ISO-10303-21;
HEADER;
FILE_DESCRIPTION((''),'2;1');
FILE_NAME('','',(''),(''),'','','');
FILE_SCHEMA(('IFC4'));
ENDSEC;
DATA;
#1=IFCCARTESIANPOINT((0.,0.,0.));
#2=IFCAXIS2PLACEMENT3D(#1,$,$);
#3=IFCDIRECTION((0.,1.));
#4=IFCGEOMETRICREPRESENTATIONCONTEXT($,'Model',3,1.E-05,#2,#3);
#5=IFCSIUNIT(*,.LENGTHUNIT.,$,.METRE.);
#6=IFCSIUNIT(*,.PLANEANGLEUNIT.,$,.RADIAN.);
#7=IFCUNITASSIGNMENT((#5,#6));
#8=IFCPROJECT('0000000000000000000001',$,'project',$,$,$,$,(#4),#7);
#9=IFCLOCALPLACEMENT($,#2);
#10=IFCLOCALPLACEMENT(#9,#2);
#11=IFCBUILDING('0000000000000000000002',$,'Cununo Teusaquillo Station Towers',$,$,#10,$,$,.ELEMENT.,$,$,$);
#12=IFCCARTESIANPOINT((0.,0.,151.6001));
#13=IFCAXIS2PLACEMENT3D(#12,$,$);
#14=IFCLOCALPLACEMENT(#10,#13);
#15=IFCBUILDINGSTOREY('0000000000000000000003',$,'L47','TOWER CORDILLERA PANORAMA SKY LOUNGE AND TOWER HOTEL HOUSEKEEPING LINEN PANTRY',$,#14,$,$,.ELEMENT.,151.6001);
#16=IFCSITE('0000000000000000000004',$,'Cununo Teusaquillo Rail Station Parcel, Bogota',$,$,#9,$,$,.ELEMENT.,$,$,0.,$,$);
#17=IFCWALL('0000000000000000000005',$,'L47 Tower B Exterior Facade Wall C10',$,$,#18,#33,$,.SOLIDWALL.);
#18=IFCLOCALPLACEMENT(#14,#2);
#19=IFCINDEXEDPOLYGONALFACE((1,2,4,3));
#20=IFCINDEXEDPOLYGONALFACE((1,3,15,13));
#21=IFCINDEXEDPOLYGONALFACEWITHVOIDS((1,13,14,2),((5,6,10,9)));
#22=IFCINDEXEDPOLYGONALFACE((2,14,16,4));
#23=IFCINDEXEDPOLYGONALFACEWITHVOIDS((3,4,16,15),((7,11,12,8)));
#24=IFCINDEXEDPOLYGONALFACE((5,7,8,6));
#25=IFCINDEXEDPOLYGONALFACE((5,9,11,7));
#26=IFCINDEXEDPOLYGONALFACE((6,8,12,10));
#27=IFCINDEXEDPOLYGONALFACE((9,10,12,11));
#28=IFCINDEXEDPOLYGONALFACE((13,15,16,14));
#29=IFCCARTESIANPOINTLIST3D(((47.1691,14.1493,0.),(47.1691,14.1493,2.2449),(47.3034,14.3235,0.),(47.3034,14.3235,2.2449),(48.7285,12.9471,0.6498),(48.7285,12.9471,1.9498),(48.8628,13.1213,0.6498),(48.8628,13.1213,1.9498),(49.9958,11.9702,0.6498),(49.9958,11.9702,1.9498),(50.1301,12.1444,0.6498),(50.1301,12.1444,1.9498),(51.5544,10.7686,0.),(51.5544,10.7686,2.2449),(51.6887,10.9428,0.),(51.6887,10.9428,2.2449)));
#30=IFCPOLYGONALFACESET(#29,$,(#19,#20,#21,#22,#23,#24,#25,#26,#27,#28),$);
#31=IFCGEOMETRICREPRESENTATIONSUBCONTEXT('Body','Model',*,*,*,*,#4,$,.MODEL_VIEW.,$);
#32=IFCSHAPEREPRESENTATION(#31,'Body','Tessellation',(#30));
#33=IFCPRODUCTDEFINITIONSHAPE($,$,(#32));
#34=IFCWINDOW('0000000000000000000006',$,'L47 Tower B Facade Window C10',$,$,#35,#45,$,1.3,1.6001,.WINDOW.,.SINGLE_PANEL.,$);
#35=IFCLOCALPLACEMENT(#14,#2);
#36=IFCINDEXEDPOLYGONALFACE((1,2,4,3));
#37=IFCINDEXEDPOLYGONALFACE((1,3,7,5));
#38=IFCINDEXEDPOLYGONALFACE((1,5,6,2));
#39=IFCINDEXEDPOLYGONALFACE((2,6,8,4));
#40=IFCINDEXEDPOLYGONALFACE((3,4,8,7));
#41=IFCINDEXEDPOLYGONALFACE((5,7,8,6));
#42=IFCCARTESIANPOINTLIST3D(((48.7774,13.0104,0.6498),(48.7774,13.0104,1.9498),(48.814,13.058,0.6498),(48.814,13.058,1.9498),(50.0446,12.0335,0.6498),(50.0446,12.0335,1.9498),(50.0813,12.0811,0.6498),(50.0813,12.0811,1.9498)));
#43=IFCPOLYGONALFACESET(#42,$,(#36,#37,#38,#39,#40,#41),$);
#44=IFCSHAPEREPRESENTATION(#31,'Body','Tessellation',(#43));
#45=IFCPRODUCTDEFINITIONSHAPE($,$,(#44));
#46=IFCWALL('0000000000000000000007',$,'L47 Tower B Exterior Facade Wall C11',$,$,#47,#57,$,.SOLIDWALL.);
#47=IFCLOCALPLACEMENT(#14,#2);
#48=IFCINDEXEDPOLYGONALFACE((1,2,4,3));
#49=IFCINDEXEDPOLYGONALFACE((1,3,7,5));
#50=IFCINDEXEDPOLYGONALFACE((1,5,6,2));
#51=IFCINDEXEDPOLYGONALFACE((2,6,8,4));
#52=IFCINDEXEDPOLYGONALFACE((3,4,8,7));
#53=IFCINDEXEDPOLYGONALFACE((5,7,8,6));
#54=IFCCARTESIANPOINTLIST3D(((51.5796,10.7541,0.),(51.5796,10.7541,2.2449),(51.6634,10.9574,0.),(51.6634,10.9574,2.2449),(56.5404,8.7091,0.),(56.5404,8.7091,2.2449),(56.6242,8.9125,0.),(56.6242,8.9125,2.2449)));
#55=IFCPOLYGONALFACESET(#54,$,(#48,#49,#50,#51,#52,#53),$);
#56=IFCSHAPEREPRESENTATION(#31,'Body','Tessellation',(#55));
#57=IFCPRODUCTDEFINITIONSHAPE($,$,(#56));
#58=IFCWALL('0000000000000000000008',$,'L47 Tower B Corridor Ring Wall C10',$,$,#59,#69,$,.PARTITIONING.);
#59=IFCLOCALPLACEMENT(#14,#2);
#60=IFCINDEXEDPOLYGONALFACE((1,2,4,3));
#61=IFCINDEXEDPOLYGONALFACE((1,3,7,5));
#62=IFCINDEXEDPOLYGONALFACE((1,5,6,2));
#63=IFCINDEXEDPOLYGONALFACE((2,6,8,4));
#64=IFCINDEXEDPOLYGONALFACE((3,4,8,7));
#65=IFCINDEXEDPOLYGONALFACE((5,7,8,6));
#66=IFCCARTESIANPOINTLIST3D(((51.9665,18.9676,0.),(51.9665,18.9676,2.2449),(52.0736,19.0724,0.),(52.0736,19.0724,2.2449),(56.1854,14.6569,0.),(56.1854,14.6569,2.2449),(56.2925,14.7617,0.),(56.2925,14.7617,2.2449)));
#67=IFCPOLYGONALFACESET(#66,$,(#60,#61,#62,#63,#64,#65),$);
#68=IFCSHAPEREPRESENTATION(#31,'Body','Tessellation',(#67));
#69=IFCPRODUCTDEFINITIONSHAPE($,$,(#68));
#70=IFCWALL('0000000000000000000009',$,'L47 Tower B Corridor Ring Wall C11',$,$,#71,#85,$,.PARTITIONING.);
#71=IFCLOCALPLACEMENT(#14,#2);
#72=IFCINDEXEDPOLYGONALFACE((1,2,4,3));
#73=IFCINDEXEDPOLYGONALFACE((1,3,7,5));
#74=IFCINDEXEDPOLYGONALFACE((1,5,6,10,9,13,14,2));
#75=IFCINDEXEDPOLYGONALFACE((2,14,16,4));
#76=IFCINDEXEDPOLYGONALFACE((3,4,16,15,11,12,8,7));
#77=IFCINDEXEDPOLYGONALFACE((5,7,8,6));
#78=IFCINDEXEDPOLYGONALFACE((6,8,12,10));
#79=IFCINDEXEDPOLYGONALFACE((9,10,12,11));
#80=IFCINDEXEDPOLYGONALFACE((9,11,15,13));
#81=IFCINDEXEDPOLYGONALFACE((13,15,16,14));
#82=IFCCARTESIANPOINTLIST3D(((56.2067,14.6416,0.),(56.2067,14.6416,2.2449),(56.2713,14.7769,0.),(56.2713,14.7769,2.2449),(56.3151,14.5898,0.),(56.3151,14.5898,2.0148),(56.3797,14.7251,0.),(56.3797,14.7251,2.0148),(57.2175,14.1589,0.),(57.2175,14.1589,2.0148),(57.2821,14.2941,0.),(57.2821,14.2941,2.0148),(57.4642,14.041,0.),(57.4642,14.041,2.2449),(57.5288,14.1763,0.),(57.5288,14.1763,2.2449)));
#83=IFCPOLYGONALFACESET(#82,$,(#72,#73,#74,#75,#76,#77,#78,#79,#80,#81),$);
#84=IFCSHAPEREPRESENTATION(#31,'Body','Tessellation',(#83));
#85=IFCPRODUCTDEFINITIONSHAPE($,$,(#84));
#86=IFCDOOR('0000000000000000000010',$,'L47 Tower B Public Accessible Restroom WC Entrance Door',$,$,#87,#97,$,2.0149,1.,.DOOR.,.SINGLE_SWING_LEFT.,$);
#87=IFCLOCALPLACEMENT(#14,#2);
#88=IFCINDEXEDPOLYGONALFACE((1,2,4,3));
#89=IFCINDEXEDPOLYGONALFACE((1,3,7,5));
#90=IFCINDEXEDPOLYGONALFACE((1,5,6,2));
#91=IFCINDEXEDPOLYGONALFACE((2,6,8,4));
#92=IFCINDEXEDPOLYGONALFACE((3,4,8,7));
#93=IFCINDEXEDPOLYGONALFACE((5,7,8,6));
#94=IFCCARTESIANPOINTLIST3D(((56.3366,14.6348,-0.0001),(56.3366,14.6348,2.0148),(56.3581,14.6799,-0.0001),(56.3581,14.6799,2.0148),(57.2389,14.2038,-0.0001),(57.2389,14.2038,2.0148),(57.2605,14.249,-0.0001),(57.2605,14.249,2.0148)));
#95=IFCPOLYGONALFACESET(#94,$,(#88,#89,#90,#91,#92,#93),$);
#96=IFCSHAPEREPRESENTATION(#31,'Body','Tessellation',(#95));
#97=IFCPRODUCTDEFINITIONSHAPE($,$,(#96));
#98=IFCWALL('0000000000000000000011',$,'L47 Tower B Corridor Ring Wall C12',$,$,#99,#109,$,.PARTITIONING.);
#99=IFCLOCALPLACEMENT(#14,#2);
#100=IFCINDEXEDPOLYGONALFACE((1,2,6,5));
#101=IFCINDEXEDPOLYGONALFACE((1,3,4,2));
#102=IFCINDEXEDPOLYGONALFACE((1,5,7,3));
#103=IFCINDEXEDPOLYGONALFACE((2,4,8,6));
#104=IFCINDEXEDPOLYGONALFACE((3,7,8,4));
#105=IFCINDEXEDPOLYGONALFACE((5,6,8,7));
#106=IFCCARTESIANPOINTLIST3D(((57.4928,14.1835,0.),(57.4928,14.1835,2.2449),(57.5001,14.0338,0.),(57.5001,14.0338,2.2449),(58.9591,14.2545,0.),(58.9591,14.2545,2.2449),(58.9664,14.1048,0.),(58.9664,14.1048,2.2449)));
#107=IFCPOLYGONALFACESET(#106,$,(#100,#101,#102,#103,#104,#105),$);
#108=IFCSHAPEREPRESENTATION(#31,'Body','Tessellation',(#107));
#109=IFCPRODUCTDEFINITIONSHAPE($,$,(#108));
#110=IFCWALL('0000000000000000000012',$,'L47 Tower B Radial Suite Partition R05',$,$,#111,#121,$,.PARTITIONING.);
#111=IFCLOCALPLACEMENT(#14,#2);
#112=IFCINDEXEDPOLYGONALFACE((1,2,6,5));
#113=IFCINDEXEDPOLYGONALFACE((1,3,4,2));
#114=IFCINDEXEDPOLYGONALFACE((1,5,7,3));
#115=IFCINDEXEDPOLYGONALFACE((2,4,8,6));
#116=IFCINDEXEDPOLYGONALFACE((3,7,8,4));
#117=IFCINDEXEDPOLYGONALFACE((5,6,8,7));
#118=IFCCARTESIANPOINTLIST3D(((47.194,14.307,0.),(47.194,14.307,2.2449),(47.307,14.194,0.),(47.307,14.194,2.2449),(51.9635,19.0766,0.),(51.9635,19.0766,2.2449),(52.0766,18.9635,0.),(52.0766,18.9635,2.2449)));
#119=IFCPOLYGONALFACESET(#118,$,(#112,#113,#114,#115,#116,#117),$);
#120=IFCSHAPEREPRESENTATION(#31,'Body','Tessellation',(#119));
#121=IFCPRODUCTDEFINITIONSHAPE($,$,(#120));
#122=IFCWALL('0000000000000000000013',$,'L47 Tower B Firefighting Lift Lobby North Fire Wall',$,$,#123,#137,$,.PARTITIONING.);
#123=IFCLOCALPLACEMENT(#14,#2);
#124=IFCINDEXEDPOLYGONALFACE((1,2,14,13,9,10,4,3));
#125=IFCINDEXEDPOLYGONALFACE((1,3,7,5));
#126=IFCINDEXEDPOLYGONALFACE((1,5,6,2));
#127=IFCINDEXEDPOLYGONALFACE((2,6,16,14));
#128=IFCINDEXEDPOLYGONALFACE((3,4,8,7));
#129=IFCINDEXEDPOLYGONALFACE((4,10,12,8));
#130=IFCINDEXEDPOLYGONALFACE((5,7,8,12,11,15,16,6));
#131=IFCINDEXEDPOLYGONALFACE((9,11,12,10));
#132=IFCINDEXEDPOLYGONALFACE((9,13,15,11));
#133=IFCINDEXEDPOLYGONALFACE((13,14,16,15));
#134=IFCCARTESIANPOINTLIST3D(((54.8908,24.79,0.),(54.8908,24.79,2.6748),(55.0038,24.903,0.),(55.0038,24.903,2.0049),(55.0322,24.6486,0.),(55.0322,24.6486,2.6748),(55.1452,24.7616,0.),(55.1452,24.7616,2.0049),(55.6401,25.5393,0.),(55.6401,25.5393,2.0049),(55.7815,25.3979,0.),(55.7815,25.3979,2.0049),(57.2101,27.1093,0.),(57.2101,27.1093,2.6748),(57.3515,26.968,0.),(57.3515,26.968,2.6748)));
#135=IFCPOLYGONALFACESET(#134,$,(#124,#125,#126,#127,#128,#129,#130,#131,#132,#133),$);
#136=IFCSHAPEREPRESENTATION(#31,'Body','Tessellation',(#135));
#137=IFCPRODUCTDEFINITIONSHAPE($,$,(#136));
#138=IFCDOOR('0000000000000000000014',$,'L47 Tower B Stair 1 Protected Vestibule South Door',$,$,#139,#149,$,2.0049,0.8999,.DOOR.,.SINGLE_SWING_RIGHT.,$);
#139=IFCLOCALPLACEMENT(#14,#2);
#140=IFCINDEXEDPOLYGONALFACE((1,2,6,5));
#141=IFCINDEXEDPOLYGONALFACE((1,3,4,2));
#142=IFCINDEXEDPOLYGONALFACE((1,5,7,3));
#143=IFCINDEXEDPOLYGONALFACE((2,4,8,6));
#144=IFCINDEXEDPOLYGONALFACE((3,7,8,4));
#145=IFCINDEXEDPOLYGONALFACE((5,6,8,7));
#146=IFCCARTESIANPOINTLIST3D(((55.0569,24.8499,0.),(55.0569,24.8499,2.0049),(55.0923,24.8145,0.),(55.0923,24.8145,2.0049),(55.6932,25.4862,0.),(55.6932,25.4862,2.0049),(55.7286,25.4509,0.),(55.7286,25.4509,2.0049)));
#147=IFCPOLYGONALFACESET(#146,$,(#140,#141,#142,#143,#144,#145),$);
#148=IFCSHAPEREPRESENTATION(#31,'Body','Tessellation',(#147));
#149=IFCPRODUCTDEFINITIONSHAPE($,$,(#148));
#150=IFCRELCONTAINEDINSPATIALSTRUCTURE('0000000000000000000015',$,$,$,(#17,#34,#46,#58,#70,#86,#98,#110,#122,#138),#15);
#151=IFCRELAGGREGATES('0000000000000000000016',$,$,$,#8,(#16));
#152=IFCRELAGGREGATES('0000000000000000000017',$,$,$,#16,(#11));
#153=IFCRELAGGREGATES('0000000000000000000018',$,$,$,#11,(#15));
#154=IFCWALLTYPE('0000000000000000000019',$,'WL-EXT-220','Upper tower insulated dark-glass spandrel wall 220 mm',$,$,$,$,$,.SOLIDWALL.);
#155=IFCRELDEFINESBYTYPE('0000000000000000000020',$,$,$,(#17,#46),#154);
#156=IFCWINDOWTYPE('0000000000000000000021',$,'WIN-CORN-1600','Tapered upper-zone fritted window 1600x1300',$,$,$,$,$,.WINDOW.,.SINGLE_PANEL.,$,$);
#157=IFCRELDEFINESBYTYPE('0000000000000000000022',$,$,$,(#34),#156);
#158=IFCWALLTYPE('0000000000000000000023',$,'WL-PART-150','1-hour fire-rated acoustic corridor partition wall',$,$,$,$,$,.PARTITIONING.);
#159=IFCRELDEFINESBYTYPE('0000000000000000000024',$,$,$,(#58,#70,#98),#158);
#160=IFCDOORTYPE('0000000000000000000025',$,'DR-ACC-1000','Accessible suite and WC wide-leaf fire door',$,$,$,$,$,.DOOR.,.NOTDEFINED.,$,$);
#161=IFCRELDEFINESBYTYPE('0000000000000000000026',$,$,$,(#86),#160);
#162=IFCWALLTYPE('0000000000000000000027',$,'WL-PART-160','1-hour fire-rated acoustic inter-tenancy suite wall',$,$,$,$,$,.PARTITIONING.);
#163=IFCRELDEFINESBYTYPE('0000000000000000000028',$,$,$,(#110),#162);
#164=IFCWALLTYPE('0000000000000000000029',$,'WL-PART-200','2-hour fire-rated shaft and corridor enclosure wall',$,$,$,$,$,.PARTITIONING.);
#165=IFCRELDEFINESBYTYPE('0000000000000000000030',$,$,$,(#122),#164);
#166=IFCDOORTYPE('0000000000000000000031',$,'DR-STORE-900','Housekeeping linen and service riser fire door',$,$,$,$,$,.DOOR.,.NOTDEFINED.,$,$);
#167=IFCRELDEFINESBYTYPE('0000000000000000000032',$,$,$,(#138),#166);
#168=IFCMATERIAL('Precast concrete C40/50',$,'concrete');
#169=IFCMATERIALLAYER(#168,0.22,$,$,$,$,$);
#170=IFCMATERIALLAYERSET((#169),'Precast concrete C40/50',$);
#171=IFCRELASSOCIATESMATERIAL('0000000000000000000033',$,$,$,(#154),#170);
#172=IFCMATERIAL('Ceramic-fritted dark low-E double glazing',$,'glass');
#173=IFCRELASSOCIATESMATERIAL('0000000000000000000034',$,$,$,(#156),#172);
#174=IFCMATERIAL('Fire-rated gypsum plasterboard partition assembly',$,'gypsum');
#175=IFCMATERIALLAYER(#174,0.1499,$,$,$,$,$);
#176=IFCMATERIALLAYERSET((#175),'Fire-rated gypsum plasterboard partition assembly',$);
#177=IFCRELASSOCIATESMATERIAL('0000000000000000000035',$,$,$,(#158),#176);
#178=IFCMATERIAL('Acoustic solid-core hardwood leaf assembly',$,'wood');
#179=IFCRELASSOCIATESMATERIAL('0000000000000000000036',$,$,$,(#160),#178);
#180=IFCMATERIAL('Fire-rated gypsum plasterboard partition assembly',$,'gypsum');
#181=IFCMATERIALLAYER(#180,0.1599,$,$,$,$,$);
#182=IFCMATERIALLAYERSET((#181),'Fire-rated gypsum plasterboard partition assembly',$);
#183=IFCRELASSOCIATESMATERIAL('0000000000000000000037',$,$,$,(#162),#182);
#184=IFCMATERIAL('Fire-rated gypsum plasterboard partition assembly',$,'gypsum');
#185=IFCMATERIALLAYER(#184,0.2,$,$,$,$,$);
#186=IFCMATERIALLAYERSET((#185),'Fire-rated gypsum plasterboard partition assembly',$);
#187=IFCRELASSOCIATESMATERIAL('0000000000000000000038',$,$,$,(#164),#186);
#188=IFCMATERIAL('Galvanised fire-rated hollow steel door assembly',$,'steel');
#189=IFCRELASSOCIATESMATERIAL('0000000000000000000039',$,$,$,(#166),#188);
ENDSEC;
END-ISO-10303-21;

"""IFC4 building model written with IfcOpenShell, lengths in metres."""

from ifc_helpers import new_model, si_unit, direction, frame, frame_2d, origin, place, context, subcontext, project, spatial, rectangle, extrude, source, transform, mapped, material, layer, layer_set, type_object, element, fill, save


model = new_model("IFC4")

# Units and contexts
model_context = context("Model", 3, precision=1e-05, world=origin(), true_north=direction((0.0, 1.0)))
body_context = subcontext(model_context, "Body", "Model", "MODEL_VIEW")
ifc_project = project(units=[si_unit("LENGTHUNIT", "METRE"), si_unit("PLANEANGLEUNIT", "RADIAN")], contexts=[model_context])

# Site, building, storey
site_placement = place(None, origin())
site = spatial("IfcSite", under=ifc_project, at=site_placement, Name="Cununo Teusaquillo Rail Station Parcel, Bogota", CompositionType="ELEMENT", RefElevation=0.0)
building_placement = place(site_placement, origin())
building = spatial("IfcBuilding", under=site, at=building_placement, Name="Cununo Teusaquillo Station Towers", CompositionType="ELEMENT")
storey_placement = place(building_placement, frame((0.0, 0.0, 151.6001)))
storey = spatial("IfcBuildingStorey", under=building, at=storey_placement, Name="L47", Description="TOWER CORDILLERA PANORAMA SKY LOUNGE AND TOWER HOTEL HOUSEKEEPING LINEN PANTRY", CompositionType="ELEMENT", Elevation=151.6001)

# Wall, opening, window
ifc_material_1 = material(Name="Precast concrete C40/50", Category="concrete")
ifc_layer_1 = layer(ifc_material_1, 0.22)
ifc_layer_set_1 = layer_set([ifc_layer_1], Name="Precast concrete C40/50")
wall_type_1 = type_object("IfcWallType", Name="WL-EXT-220", Description="Upper tower insulated dark-glass spandrel wall 220 mm", PredefinedType="SOLIDWALL", material=ifc_layer_set_1)
wall_1_placement = place(storey_placement, frame((51.6216, 10.8557, 0.0), z_axis=(0.0, 0.0, 1.0), x_axis=(-0.791983, 0.610544, 0.0)))
wall_1 = element("IfcWall", 1, at=wall_1_placement, inside=storey, type_object=wall_type_1, Name="L47 Tower B Exterior Facade Wall C10", PredefinedType="SOLIDWALL", context=body_context, shape_type="SweptSolid", body=[
    extrude(rectangle(XDim=5.5371, YDim=0.22, at=frame_2d((2.7686, 0.0))), origin(), (0.0, 0.0, 1.0), 2.2449),
])
shared_shape_1 = source(origin(), body_context, "Body", "SweptSolid", [
    extrude(rectangle(XDim=1.6001, YDim=1.3, at=frame_2d((0.8, 0.6499))), frame((0.0, 0.1199, 0.0), z_axis=(0.0, -1.0, 0.0), x_axis=(1.0, 0.0, 0.0)), (0.0, 0.0, 1.0), 0.24),
])
opening_1_placement = place(wall_1_placement, frame((1.968, 0.0, 0.6499)))
opening_1 = element("IfcOpeningElement", 2, at=opening_1_placement, cuts=wall_1, PredefinedType="OPENING", context=body_context, shape_type="MappedRepresentation", body=[
    mapped(shared_shape_1, transform((0.0, 0.0, 0.0), x_axis=(1.0, 0.0, 0.0), y_axis=(0.0, 1.0, 0.0), z_axis=(0.0, 0.0, 1.0), scale=1.0)),
])
ifc_material_2 = material(Name="Ceramic-fritted dark low-E double glazing", Category="glass")
window_type = type_object("IfcWindowType", Name="WIN-CORN-1600", Description="Tapered upper-zone fritted window 1600x1300", PartitioningType="SINGLE_PANEL", PredefinedType="WINDOW", material=ifc_material_2)
shared_shape_2 = source(origin(), body_context, "Body", "SweptSolid", [
    extrude(rectangle(XDim=1.6001, YDim=1.3, at=frame_2d((0.8, 0.6499))), frame((0.0, 0.03, 0.0), z_axis=(0.0, -1.0, 0.0), x_axis=(1.0, 0.0, 0.0)), (0.0, 0.0, 1.0), 0.0601),
])
window_placement = place(opening_1_placement, origin())
window = element("IfcWindow", 3, at=window_placement, inside=storey, type_object=window_type, Name="L47 Tower B Facade Window C10", OverallHeight=1.3, OverallWidth=1.6001, PartitioningType="SINGLE_PANEL", PredefinedType="WINDOW", context=body_context, shape_type="MappedRepresentation", body=[
    mapped(shared_shape_2, transform((0.0, 0.0, 0.0), x_axis=(1.0, 0.0, 0.0), y_axis=(0.0, 1.0, 0.0), z_axis=(0.0, 0.0, 1.0), scale=1.0)),
])
fill(opening_1, window)

# Walls
wall_2_placement = place(storey_placement, frame((56.5823, 8.8108, 0.0), z_axis=(0.0, 0.0, 1.0), x_axis=(-0.924528, 0.381114, 0.0)))
element("IfcWall", 4, at=wall_2_placement, inside=storey, type_object=wall_type_1, Name="L47 Tower B Exterior Facade Wall C11", PredefinedType="SOLIDWALL", context=body_context, shape_type="SweptSolid", body=[
    extrude(rectangle(XDim=5.3657, YDim=0.22, at=frame_2d((2.6829, 0.0))), origin(), (0.0, 0.0, 1.0), 2.2449),
])
ifc_material_3 = material(Name="Fire-rated gypsum plasterboard partition assembly", Category="gypsum")
ifc_layer_2 = layer(ifc_material_3, 0.1499)
ifc_layer_set_2 = layer_set([ifc_layer_2], Name="Fire-rated gypsum plasterboard partition assembly")
wall_type_2 = type_object("IfcWallType", Name="WL-PART-150", Description="1-hour fire-rated acoustic corridor partition wall", PredefinedType="PARTITIONING", material=ifc_layer_set_2)
wall_3_placement = place(storey_placement, frame((52.02, 19.02, 0.0), z_axis=(0.0, 0.0, 1.0), x_axis=(0.699456, -0.714675, 0.0)))
element("IfcWall", 5, at=wall_3_placement, inside=storey, type_object=wall_type_2, Name="L47 Tower B Corridor Ring Wall C10", PredefinedType="PARTITIONING", context=body_context, shape_type="SweptSolid", body=[
    extrude(rectangle(XDim=6.0317, YDim=0.1499, at=frame_2d((3.0159, 0.0))), origin(), (0.0, 0.0, 1.0), 2.2449),
])

# Wall, opening, door
wall_4_placement = place(storey_placement, frame((56.239, 14.7092, 0.0), z_axis=(0.0, 0.0, 1.0), x_axis=(0.902374, -0.430953, 0.0)))
wall_4 = element("IfcWall", 6, at=wall_4_placement, inside=storey, type_object=wall_type_2, Name="L47 Tower B Corridor Ring Wall C11", PredefinedType="PARTITIONING", context=body_context, shape_type="SweptSolid", body=[
    extrude(rectangle(XDim=1.3936, YDim=0.1499, at=frame_2d((0.6968, 0.0))), origin(), (0.0, 0.0, 1.0), 2.2449),
])
shared_shape_3 = source(origin(), body_context, "Body", "SweptSolid", [
    extrude(rectangle(XDim=1.0, YDim=2.0149, at=frame_2d((0.5, 1.0073))), frame((0.0, 0.085, 0.0), z_axis=(0.0, -1.0, 0.0), x_axis=(1.0, 0.0, 0.0)), (0.0, 0.0, 1.0), 0.1699),
])
opening_2_placement = place(wall_4_placement, frame((0.1201, 0.0, 0.0)))
opening_2 = element("IfcOpeningElement", 7, at=opening_2_placement, cuts=wall_4, PredefinedType="OPENING", context=body_context, shape_type="MappedRepresentation", body=[
    mapped(shared_shape_3, transform((0.0, 0.0, 0.0), x_axis=(1.0, 0.0, 0.0), y_axis=(0.0, 1.0, 0.0), z_axis=(0.0, 0.0, 1.0), scale=1.0)),
])
ifc_material_4 = material(Name="Acoustic solid-core hardwood leaf assembly", Category="wood")
door_type_1 = type_object("IfcDoorType", Name="DR-ACC-1000", Description="Accessible suite and WC wide-leaf fire door", OperationType="NOTDEFINED", PredefinedType="DOOR", material=ifc_material_4)
shared_shape_4 = source(origin(), body_context, "Body", "SweptSolid", [
    extrude(rectangle(XDim=1.0, YDim=2.0149, at=frame_2d((0.5, 1.0073))), frame((0.0, 0.0249, 0.0), z_axis=(0.0, -1.0, 0.0), x_axis=(1.0, 0.0, 0.0)), (0.0, 0.0, 1.0), 0.05),
])
door_1_placement = place(opening_2_placement, origin())
door_1 = element("IfcDoor", 8, at=door_1_placement, inside=storey, type_object=door_type_1, Name="L47 Tower B Public Accessible Restroom WC Entrance Door", OperationType="SINGLE_SWING_LEFT", OverallHeight=2.0149, OverallWidth=1.0, PredefinedType="DOOR", context=body_context, shape_type="MappedRepresentation", body=[
    mapped(shared_shape_4, transform((0.0, 0.0, 0.0), x_axis=(1.0, 0.0, 0.0), y_axis=(0.0, 1.0, 0.0), z_axis=(0.0, 0.0, 1.0), scale=1.0)),
])
fill(opening_2, door_1)

# Walls
wall_5_placement = place(storey_placement, frame((57.4966, 14.1086, 0.0), z_axis=(0.0, 0.0, 1.0), x_axis=(0.998828, 0.048395, 0.0)))
element("IfcWall", 9, at=wall_5_placement, inside=storey, type_object=wall_type_2, Name="L47 Tower B Corridor Ring Wall C12", PredefinedType="PARTITIONING", context=body_context, shape_type="SweptSolid", body=[
    extrude(rectangle(XDim=1.468, YDim=0.1499, at=frame_2d((0.7339, 0.0))), origin(), (0.0, 0.0, 1.0), 2.2449),
])
ifc_material_5 = material(Name="Fire-rated gypsum plasterboard partition assembly", Category="gypsum")
ifc_layer_3 = layer(ifc_material_5, 0.1599)
ifc_layer_set_3 = layer_set([ifc_layer_3], Name="Fire-rated gypsum plasterboard partition assembly")
wall_type_3 = type_object("IfcWallType", Name="WL-PART-160", Description="1-hour fire-rated acoustic inter-tenancy suite wall", PredefinedType="PARTITIONING", material=ifc_layer_set_3)
wall_6_placement = place(storey_placement, frame((52.02, 19.02, 0.0), z_axis=(0.0, 0.0, 1.0), x_axis=(-0.707107, -0.707107, 0.0)))
element("IfcWall", 10, at=wall_6_placement, inside=storey, type_object=wall_type_3, Name="L47 Tower B Radial Suite Partition R05", PredefinedType="PARTITIONING", context=body_context, shape_type="SweptSolid", body=[
    extrude(rectangle(XDim=6.7451, YDim=0.1599, at=frame_2d((3.3726, 0.0))), origin(), (0.0, 0.0, 1.0), 2.2449),
])

# Wall, opening, door
ifc_material_6 = material(Name="Fire-rated gypsum plasterboard partition assembly", Category="gypsum")
ifc_layer_4 = layer(ifc_material_6, 0.2)
ifc_layer_set_4 = layer_set([ifc_layer_4], Name="Fire-rated gypsum plasterboard partition assembly")
wall_type_4 = type_object("IfcWallType", Name="WL-PART-200", Description="2-hour fire-rated shaft and corridor enclosure wall", PredefinedType="PARTITIONING", material=ifc_layer_set_4)
wall_7_placement = place(storey_placement, frame((54.9614, 24.7192, 0.0), z_axis=(0.0, 0.0, 1.0), x_axis=(0.707107, 0.707107, 0.0)))
wall_7 = element("IfcWall", 11, at=wall_7_placement, inside=storey, type_object=wall_type_4, Name="L47 Tower B Firefighting Lift Lobby North Fire Wall", PredefinedType="PARTITIONING", context=body_context, shape_type="SweptSolid", body=[
    extrude(rectangle(XDim=3.28, YDim=0.2, at=frame_2d((1.6401, 0.0))), origin(), (0.0, 0.0, 1.0), 2.6748),
])
shared_shape_5 = source(origin(), body_context, "Body", "SweptSolid", [
    extrude(rectangle(XDim=0.8999, YDim=2.0049, at=frame_2d((0.45, 1.0024))), frame((0.0, 0.1099, 0.0), z_axis=(0.0, -1.0, 0.0), x_axis=(1.0, 0.0, 0.0)), (0.0, 0.0, 1.0), 0.22),
])
opening_3_placement = place(wall_7_placement, frame((0.1599, 0.0, 0.0)))
opening_3 = element("IfcOpeningElement", 12, at=opening_3_placement, cuts=wall_7, PredefinedType="OPENING", context=body_context, shape_type="MappedRepresentation", body=[
    mapped(shared_shape_5, transform((0.0, 0.0, 0.0), x_axis=(1.0, 0.0, 0.0), y_axis=(0.0, 1.0, 0.0), z_axis=(0.0, 0.0, 1.0), scale=1.0)),
])
ifc_material_7 = material(Name="Galvanised fire-rated hollow steel door assembly", Category="steel")
door_type_2 = type_object("IfcDoorType", Name="DR-STORE-900", Description="Housekeeping linen and service riser fire door", OperationType="NOTDEFINED", PredefinedType="DOOR", material=ifc_material_7)
shared_shape_6 = source(origin(), body_context, "Body", "SweptSolid", [
    extrude(rectangle(XDim=0.8999, YDim=2.0049, at=frame_2d((0.45, 1.0024))), frame((0.0, 0.0249, 0.0), z_axis=(0.0, -1.0, 0.0), x_axis=(1.0, 0.0, 0.0)), (0.0, 0.0, 1.0), 0.05),
])
door_2_placement = place(opening_3_placement, origin())
door_2 = element("IfcDoor", 13, at=door_2_placement, inside=storey, type_object=door_type_2, Name="L47 Tower B Stair 1 Protected Vestibule South Door", OperationType="SINGLE_SWING_RIGHT", OverallHeight=2.0049, OverallWidth=0.8999, PredefinedType="DOOR", context=body_context, shape_type="MappedRepresentation", body=[
    mapped(shared_shape_6, transform((0.0, 0.0, 0.0), x_axis=(1.0, 0.0, 0.0), y_axis=(0.0, 1.0, 0.0), z_axis=(0.0, 0.0, 1.0), scale=1.0)),
])
fill(opening_3, door_2)

save(model, "model.ifc")
